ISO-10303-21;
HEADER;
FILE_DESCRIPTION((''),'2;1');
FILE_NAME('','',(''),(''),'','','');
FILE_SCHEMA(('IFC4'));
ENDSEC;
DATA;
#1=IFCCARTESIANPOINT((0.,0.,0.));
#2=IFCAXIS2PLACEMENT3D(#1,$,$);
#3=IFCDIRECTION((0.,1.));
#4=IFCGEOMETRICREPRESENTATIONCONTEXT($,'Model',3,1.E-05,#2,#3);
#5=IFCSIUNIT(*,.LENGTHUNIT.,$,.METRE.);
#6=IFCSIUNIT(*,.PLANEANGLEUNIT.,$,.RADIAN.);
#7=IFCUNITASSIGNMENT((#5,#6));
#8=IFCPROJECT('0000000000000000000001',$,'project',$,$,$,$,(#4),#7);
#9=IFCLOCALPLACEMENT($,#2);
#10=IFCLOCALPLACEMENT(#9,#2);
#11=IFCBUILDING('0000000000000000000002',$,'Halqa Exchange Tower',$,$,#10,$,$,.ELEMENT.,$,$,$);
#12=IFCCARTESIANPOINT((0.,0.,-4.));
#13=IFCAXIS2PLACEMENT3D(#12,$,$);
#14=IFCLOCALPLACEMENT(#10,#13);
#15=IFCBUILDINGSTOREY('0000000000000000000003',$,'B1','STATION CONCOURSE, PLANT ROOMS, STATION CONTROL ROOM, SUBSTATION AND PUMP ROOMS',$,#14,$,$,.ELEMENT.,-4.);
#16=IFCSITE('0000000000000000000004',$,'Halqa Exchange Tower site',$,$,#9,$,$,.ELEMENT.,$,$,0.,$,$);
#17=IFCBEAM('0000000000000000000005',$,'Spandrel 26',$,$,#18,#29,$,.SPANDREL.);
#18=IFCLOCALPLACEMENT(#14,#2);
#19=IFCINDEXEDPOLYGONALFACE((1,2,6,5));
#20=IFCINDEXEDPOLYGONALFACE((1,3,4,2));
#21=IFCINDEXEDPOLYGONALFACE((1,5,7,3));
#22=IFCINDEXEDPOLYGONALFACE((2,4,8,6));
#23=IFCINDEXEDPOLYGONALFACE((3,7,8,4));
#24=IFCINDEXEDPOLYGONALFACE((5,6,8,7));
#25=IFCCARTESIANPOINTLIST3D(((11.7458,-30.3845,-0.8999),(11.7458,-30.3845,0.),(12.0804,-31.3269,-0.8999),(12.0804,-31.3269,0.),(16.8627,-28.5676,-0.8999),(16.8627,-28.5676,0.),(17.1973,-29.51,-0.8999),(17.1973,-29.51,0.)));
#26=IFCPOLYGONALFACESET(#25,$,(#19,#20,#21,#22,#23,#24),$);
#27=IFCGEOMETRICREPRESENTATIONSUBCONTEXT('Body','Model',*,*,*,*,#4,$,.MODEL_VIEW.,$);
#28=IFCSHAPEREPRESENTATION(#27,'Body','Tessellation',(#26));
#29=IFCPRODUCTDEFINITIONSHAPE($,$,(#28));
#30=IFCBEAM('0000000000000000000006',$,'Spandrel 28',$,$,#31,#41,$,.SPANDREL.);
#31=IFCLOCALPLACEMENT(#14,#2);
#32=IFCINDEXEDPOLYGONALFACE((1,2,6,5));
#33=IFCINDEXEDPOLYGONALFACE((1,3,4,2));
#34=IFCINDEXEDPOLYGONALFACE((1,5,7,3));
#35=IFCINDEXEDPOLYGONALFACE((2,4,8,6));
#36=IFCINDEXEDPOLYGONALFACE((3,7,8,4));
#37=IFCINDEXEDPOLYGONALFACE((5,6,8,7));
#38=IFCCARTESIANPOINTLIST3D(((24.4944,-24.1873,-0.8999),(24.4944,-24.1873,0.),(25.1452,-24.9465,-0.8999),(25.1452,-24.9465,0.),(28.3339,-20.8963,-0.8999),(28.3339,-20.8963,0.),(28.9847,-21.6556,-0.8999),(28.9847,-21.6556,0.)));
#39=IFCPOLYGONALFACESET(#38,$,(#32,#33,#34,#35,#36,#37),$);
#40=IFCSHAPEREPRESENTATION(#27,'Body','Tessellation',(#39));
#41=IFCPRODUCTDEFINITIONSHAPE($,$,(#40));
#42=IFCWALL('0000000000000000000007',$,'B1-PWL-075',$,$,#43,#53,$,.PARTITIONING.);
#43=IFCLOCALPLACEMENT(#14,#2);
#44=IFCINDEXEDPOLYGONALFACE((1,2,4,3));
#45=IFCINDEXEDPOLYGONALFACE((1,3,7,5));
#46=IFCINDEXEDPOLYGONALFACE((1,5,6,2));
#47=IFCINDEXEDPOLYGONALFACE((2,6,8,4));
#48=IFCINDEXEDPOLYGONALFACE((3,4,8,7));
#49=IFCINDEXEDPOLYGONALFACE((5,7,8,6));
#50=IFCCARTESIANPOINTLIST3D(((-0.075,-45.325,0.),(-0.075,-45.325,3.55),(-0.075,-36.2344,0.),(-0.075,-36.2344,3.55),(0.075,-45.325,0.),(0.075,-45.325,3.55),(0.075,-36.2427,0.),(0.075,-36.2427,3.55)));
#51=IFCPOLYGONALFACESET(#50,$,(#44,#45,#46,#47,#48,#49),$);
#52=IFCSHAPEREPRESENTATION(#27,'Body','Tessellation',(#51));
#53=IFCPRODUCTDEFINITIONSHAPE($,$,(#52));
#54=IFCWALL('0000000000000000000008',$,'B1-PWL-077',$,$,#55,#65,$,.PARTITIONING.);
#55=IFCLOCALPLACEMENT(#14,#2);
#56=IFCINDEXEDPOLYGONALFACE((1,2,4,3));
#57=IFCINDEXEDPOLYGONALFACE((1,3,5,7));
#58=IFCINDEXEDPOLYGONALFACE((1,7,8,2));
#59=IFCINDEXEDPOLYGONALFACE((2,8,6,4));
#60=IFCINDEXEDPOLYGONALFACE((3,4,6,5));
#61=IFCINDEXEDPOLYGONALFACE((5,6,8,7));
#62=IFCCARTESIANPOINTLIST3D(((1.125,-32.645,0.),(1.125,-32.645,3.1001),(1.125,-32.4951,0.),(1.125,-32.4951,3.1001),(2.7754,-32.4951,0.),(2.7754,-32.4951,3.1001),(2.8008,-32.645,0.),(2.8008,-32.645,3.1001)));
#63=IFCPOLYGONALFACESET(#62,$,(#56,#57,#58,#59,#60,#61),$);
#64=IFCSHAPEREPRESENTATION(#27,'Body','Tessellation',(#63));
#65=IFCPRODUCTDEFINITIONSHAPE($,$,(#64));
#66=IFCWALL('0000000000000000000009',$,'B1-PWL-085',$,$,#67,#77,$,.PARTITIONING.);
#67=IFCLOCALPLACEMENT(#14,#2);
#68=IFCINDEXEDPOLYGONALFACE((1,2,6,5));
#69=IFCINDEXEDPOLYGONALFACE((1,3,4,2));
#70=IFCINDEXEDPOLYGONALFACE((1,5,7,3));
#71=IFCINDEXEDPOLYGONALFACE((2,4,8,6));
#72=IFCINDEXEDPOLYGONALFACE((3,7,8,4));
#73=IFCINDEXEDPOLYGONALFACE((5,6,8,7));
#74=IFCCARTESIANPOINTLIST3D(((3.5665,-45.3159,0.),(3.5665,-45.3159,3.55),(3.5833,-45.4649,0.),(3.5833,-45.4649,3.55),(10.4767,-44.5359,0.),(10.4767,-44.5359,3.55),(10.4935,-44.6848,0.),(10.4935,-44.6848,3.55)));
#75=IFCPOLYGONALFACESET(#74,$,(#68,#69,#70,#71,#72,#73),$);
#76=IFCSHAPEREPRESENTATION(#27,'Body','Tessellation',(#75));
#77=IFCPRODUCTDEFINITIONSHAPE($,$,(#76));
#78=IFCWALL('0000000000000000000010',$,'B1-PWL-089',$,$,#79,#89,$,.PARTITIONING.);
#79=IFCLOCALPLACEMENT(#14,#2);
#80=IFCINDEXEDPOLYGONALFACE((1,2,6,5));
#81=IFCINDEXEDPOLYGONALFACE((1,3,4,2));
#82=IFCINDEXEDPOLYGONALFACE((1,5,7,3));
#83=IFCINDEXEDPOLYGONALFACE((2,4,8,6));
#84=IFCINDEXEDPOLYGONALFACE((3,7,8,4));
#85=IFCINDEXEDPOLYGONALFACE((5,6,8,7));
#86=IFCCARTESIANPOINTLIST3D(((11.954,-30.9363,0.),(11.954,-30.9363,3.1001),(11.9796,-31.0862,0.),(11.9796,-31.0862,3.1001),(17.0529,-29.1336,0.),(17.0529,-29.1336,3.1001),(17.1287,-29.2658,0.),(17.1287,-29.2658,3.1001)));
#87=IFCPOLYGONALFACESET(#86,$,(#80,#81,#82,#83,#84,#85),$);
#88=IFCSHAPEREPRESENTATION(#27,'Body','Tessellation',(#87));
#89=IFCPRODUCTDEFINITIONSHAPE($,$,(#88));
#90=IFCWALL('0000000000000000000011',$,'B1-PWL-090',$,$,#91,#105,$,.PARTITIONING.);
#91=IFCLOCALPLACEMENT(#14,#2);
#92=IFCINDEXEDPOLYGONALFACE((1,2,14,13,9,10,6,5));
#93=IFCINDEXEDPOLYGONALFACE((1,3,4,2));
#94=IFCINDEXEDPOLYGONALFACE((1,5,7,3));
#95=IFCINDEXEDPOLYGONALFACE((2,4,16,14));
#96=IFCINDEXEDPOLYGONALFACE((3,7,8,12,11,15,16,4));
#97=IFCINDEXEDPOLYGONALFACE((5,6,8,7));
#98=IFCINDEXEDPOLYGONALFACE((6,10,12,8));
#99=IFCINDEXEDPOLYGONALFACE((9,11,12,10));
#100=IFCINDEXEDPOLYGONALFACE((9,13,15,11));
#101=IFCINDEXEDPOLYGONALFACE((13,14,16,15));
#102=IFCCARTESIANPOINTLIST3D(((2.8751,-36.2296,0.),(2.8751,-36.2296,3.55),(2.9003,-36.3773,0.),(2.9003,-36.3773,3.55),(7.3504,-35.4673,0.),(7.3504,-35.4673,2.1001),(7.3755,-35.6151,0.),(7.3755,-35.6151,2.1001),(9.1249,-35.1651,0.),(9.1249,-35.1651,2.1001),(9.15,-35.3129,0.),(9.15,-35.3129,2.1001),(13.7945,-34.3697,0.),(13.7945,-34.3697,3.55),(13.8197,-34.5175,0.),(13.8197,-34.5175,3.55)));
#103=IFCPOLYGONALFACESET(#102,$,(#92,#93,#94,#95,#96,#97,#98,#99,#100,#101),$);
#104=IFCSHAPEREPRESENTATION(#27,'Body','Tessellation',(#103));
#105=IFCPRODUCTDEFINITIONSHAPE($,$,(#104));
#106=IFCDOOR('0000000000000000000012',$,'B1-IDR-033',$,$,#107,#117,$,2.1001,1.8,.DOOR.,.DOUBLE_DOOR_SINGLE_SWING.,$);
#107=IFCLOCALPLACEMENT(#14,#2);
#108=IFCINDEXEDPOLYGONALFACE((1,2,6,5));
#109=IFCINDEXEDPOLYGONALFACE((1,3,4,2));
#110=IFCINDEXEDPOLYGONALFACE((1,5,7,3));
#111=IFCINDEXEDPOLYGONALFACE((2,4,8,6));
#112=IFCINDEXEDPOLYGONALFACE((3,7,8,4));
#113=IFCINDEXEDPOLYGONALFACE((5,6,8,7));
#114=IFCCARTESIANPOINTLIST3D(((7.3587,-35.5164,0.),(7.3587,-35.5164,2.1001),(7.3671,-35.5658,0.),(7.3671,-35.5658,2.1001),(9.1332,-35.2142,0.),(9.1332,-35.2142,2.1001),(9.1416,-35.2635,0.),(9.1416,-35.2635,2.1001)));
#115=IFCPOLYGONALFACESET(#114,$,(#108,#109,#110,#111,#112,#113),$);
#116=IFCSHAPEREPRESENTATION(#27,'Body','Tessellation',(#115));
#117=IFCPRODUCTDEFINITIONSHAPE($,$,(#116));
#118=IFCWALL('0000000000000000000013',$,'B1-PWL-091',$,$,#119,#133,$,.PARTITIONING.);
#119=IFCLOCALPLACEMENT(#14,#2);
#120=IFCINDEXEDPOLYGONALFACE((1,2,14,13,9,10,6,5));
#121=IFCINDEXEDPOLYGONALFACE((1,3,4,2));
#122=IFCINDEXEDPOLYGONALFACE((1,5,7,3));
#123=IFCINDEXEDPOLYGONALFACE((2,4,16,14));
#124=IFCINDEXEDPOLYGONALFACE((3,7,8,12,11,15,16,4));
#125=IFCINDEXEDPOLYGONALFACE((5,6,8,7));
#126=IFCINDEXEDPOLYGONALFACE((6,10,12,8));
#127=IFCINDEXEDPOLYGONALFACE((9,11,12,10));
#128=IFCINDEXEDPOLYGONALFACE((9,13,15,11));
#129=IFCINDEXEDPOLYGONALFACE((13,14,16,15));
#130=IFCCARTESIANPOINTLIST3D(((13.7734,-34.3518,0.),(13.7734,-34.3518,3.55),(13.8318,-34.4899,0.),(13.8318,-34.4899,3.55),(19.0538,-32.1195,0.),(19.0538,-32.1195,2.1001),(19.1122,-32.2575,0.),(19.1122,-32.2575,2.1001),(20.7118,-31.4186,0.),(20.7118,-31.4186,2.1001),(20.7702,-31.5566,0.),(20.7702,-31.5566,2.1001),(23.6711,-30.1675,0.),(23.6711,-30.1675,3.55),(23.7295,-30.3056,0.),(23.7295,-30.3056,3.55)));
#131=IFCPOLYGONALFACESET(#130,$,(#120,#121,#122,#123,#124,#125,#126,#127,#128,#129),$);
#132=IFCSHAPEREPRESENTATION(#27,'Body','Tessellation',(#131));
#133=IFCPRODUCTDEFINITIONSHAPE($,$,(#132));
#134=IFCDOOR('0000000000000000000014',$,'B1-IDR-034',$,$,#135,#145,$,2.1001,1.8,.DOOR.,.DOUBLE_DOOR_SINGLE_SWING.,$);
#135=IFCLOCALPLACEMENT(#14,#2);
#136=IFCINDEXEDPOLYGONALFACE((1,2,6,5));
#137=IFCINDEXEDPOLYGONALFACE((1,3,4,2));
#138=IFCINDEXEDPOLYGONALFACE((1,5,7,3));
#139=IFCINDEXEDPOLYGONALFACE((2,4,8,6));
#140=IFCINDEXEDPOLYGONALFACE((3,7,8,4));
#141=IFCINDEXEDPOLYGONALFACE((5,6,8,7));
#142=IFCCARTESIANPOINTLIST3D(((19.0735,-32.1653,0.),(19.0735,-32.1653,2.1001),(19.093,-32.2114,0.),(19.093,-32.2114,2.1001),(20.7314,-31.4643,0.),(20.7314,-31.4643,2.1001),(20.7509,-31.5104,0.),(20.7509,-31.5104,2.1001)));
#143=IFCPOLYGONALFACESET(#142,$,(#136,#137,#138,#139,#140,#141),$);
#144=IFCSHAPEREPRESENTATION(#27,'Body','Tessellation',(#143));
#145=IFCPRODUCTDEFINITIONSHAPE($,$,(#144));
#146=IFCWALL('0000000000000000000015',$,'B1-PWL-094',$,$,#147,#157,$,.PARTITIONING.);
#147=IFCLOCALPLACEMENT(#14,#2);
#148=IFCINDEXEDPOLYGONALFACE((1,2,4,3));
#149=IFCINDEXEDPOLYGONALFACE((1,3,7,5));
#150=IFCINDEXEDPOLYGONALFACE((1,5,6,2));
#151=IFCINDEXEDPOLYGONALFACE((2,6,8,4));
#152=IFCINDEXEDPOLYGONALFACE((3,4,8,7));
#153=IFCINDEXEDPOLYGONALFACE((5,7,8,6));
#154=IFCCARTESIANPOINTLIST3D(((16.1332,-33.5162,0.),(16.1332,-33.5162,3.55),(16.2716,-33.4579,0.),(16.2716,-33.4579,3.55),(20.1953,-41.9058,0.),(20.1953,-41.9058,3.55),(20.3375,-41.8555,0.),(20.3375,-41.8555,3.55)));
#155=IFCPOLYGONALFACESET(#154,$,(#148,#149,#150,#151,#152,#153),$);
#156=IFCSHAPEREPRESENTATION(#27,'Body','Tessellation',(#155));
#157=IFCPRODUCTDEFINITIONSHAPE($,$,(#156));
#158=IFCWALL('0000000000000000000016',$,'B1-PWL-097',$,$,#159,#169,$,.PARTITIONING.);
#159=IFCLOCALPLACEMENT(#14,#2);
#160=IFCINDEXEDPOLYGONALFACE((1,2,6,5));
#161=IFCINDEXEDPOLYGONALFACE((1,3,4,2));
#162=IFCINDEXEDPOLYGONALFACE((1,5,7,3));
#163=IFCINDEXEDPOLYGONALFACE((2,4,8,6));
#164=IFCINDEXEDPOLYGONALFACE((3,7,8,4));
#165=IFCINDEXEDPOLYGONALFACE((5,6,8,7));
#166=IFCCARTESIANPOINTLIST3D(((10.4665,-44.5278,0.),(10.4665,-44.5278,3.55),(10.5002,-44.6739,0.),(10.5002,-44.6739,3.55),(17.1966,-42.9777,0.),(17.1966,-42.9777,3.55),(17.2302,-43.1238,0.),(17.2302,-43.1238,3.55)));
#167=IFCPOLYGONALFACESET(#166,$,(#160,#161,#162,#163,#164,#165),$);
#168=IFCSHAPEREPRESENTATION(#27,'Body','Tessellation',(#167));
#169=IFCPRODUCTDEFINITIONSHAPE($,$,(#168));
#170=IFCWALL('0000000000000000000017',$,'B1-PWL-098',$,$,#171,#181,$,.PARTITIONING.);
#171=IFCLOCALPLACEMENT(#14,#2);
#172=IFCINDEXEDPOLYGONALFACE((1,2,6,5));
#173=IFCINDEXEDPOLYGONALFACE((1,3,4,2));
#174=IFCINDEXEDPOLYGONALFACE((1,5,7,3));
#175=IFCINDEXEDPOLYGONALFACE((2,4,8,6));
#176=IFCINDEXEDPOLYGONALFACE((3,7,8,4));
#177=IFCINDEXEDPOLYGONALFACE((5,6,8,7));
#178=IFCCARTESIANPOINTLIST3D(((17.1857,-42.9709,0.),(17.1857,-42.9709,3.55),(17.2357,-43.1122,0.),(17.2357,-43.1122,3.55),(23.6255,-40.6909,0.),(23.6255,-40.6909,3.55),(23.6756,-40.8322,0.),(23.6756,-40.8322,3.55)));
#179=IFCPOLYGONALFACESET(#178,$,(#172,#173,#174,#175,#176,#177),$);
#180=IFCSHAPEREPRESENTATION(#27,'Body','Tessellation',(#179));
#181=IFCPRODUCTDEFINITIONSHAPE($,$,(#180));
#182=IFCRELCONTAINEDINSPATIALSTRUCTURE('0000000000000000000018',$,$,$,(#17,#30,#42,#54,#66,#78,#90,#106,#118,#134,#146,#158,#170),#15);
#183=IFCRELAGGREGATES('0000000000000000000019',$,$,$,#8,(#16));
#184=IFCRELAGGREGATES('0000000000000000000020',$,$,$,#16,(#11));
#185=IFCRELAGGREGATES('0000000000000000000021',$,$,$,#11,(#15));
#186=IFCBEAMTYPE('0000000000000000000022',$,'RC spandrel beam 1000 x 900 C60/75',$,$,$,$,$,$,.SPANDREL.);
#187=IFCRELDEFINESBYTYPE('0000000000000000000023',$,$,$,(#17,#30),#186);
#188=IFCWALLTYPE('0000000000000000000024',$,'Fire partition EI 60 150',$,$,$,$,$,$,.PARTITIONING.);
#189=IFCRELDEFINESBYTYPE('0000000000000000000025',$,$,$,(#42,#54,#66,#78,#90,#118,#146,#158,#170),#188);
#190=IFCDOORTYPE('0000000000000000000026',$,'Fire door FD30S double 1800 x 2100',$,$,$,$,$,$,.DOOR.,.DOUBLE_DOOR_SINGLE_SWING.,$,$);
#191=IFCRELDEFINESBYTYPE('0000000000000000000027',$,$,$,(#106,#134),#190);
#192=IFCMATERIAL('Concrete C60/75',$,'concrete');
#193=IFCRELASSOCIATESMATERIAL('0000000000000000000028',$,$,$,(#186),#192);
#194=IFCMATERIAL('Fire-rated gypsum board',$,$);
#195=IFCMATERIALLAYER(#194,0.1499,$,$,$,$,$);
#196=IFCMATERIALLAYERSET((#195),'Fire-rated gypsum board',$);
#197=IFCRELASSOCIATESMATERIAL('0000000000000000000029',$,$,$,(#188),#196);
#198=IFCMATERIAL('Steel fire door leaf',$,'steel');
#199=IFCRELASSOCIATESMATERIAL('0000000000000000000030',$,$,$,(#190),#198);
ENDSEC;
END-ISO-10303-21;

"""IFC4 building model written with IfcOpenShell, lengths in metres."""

from ifc_helpers import new_model, si_unit, direction, frame, frame_2d, origin, origin_2d, place, context, subcontext, project, spatial, polyline, rectangle, outline, extrude, material, layer, layer_set, material_profile, profile_set, type_object, element, fill, save


model = new_model("IFC4")

# Units and contexts
model_context = context("Model", 3, precision=1e-05, world=origin(), true_north=direction((0.0, 1.0)))
body_context = subcontext(model_context, "Body", "Model", "MODEL_VIEW")
ifc_project = project(units=[si_unit("LENGTHUNIT", "METRE"), si_unit("PLANEANGLEUNIT", "RADIAN")], contexts=[model_context])

# Site, building, storey
site_placement = place(None, origin())
site = spatial("IfcSite", under=ifc_project, at=site_placement, Name="Halqa Exchange Tower site", CompositionType="ELEMENT", RefElevation=0.0)
building_placement = place(site_placement, origin())
building = spatial("IfcBuilding", under=site, at=building_placement, Name="Halqa Exchange Tower", CompositionType="ELEMENT")
storey_placement = place(building_placement, frame((0.0, 0.0, -4.0)))
storey = spatial("IfcBuildingStorey", under=building, at=storey_placement, Name="B1", Description="STATION CONCOURSE, PLANT ROOMS, STATION CONTROL ROOM, SUBSTATION AND PUMP ROOMS", CompositionType="ELEMENT", Elevation=-4.0)

# Shared definitions
ifc_material_1 = material(Name="Concrete C60/75", Category="concrete")

# Beams
ifc_material_profile_1 = material_profile(ifc_material_1, rectangle(XDim=1.0, YDim=0.8999, at=origin_2d()), Name="1000 x 900")
ifc_profile_set_1 = profile_set([ifc_material_profile_1], Name="Concrete C60/75")
beam_type_1 = type_object("IfcBeamType", Name="RC spandrel beam 1000 x 900 C60/75", PredefinedType="SPANDREL", material=ifc_profile_set_1)
beam_1_placement = place(storey_placement, frame((11.9131, -30.8557, -0.45), z_axis=(0.942358, 0.334607, 0.0), x_axis=(-0.334607, 0.942358, 0.0)))
element("IfcBeam", 1, at=beam_1_placement, inside=storey, type_object=beam_type_1, Name="Spandrel 26", PredefinedType="SPANDREL", context=body_context, shape_type="SweptSolid", body=[
    extrude(rectangle(XDim=1.0, YDim=0.8999, at=origin_2d()), origin(), (0.0, 0.0, 1.0), 5.4299),
])
beam_2_placement = place(storey_placement, frame((24.8198, -24.5669, -0.45), z_axis=(0.759263, 0.650783, 0.0), x_axis=(-0.650783, 0.759263, 0.0)))
element("IfcBeam", 2, at=beam_2_placement, inside=storey, type_object=beam_type_1, Name="Spandrel 28", PredefinedType="SPANDREL", context=body_context, shape_type="SweptSolid", body=[
    extrude(rectangle(XDim=1.0, YDim=0.8999, at=origin_2d()), origin(), (0.0, 0.0, 1.0), 5.0569),
])

# Walls
ifc_material_2 = material(Name="Fire-rated gypsum board")
ifc_layer_1 = layer(ifc_material_2, 0.1499)
ifc_layer_set_1 = layer_set([ifc_layer_1], Name="Fire-rated gypsum board")
wall_type_1 = type_object("IfcWallType", Name="Fire partition EI 60 150", PredefinedType="PARTITIONING", material=ifc_layer_set_1)
wall_1_placement = place(storey_placement, frame((0.0, -36.2385, 0.0), z_axis=(0.0, 0.0, 1.0), x_axis=(0.0, -1.0, 0.0)))
element("IfcWall", 3, at=wall_1_placement, inside=storey, type_object=wall_type_1, Name="B1-PWL-075", PredefinedType="PARTITIONING", context=body_context, shape_type="SweptSolid", body=[
    extrude(outline(polyline([(-0.0042, -0.075), (9.0864, -0.075), (9.0864, 0.075), (0.0042, 0.075), (-0.0042, -0.075)])), origin(), (0.0, 0.0, 1.0), 3.55),
])
wall_2_placement = place(storey_placement, frame((1.125, -32.5701, 0.0), z_axis=(0.0, 0.0, 1.0), x_axis=(1.0, 0.0, 0.0)))
element("IfcWall", 4, at=wall_2_placement, inside=storey, type_object=wall_type_1, Name="B1-PWL-077", PredefinedType="PARTITIONING", context=body_context, shape_type="SweptSolid", body=[
    extrude(outline(polyline([(0.0, -0.075), (1.6758, -0.075), (1.6504, 0.075), (0.0, 0.075), (0.0, -0.075)])), origin(), (0.0, 0.0, 1.0), 3.1001),
])
wall_3_placement = place(storey_placement, frame((10.4851, -44.6104, 0.0), z_axis=(0.0, 0.0, 1.0), x_axis=(-0.993689, -0.112169, 0.0)))
element("IfcWall", 5, at=wall_3_placement, inside=storey, type_object=wall_type_1, Name="B1-PWL-085", PredefinedType="PARTITIONING", context=body_context, shape_type="SweptSolid", body=[
    extrude(rectangle(XDim=6.9541, YDim=0.1499, at=frame_2d((3.4771, 0.0))), origin(), (0.0, 0.0, 1.0), 3.55),
])
wall_4_placement = place(storey_placement, frame((11.9668, -31.0112, 0.0), z_axis=(0.0, 0.0, 1.0), x_axis=(0.942814, 0.333318, 0.0)))
element("IfcWall", 6, at=wall_4_placement, inside=storey, type_object=wall_type_1, Name="B1-PWL-089", PredefinedType="PARTITIONING", context=body_context, shape_type="SweptSolid", body=[
    extrude(outline(polyline([(-0.0129, -0.075), (5.4485, -0.075), (5.4211, 0.075), (0.0129, 0.075), (-0.0129, -0.075)])), origin(), (0.0, 0.0, 1.0), 3.1001),
])

# Walls, openings, doors
wall_5_placement = place(storey_placement, frame((13.8071, -34.4436, 0.0), z_axis=(0.0, 0.0, 1.0), x_axis=(-0.985803, -0.167908, 0.0)))
wall_5 = element("IfcWall", 7, at=wall_5_placement, inside=storey, type_object=wall_type_1, Name="B1-PWL-090", PredefinedType="PARTITIONING", context=body_context, shape_type="SweptSolid", body=[
    extrude(rectangle(XDim=11.0767, YDim=0.1499, at=frame_2d((5.5383, 0.0))), origin(), (0.0, 0.0, 1.0), 3.55),
])
opening_1_placement = place(wall_5_placement, frame((4.7371, 0.0, 0.0)))
opening_1 = element("IfcOpeningElement", 8, at=opening_1_placement, cuts=wall_5, PredefinedType="OPENING", context=body_context, shape_type="SweptSolid", body=[
    extrude(rectangle(XDim=1.8, YDim=2.1001, at=frame_2d((0.8999, 1.05))), frame((0.0, 0.0869, 0.0), z_axis=(0.0, -1.0, 0.0), x_axis=(1.0, 0.0, 0.0)), (0.0, 0.0, 1.0), 0.1738),
])
ifc_material_3 = material(Name="Steel fire door leaf", Category="steel")
door_type = type_object("IfcDoorType", Name="Fire door FD30S double 1800 x 2100", OperationType="DOUBLE_DOOR_SINGLE_SWING", PredefinedType="DOOR", material=ifc_material_3)
door_1_placement = place(opening_1_placement, origin())
door_1 = element("IfcDoor", 9, at=door_1_placement, inside=storey, type_object=door_type, Name="B1-IDR-033", OperationType="DOUBLE_DOOR_SINGLE_SWING", OverallHeight=2.1001, OverallWidth=1.8, PredefinedType="DOOR", context=body_context, shape_type="SweptSolid", body=[
    extrude(rectangle(XDim=1.8, YDim=2.1001, at=frame_2d((0.8999, 1.05))), frame((0.0, 0.0249, 0.0), z_axis=(0.0, -1.0, 0.0), x_axis=(1.0, 0.0, 0.0)), (0.0, 0.0, 1.0), 0.05),
])
fill(opening_1, door_1)
wall_6_placement = place(storey_placement, frame((13.8025, -34.4209, 0.0), z_axis=(0.0, 0.0, 1.0), x_axis=(0.921073, 0.38939, 0.0)))
wall_6 = element("IfcWall", 10, at=wall_6_placement, inside=storey, type_object=wall_type_1, Name="B1-PWL-091", PredefinedType="PARTITIONING", context=body_context, shape_type="SweptSolid", body=[
    extrude(rectangle(XDim=10.7458, YDim=0.1499, at=frame_2d((5.373, 0.0))), origin(), (0.0, 0.0, 1.0), 3.55),
])
opening_2_placement = place(wall_6_placement, frame((5.7332, 0.0, 0.0)))
opening_2 = element("IfcOpeningElement", 11, at=opening_2_placement, cuts=wall_6, PredefinedType="OPENING", context=body_context, shape_type="SweptSolid", body=[
    extrude(rectangle(XDim=1.8, YDim=2.1001, at=frame_2d((0.8999, 1.05))), frame((0.0, 0.0869, 0.0), z_axis=(0.0, -1.0, 0.0), x_axis=(1.0, 0.0, 0.0)), (0.0, 0.0, 1.0), 0.1738),
])
door_2_placement = place(opening_2_placement, frame((1.8, 0.0, 0.0), z_axis=(0.0, 0.0, 1.0), x_axis=(-1.0, 0.0, 0.0)))
door_2 = element("IfcDoor", 12, at=door_2_placement, inside=storey, type_object=door_type, Name="B1-IDR-034", OperationType="DOUBLE_DOOR_SINGLE_SWING", OverallHeight=2.1001, OverallWidth=1.8, PredefinedType="DOOR", context=body_context, shape_type="SweptSolid", body=[
    extrude(rectangle(XDim=1.8, YDim=2.1001, at=frame_2d((0.8999, 1.05))), frame((0.0, 0.0249, 0.0), z_axis=(0.0, -1.0, 0.0), x_axis=(1.0, 0.0, 0.0)), (0.0, 0.0, 1.0), 0.05),
])
fill(opening_2, door_2)

# Walls
wall_7_placement = place(storey_placement, frame((16.2024, -33.4871, 0.0), z_axis=(0.0, 0.0, 1.0), x_axis=(0.435784, -0.900051, 0.0)))
element("IfcWall", 13, at=wall_7_placement, inside=storey, type_object=wall_type_1, Name="B1-PWL-094", PredefinedType="PARTITIONING", context=body_context, shape_type="SweptSolid", body=[
    extrude(outline(polyline([(-0.0039, -0.075), (9.3174, -0.075), (9.334, 0.075), (0.0039, 0.075), (-0.0039, -0.075)])), origin(), (0.0, 0.0, 1.0), 3.55),
])
wall_8_placement = place(storey_placement, frame((17.2134, -43.0508, 0.0), z_axis=(0.0, 0.0, 1.0), x_axis=(-0.974487, -0.224444, 0.0)))
element("IfcWall", 14, at=wall_8_placement, inside=storey, type_object=wall_type_1, Name="B1-PWL-097", PredefinedType="PARTITIONING", context=body_context, shape_type="SweptSolid", body=[
    extrude(rectangle(XDim=6.9062, YDim=0.1499, at=frame_2d((3.4531, 0.0))), origin(), (0.0, 0.0, 1.0), 3.55),
])
wall_9_placement = place(storey_placement, frame((17.2107, -43.0415, 0.0), z_axis=(0.0, 0.0, 1.0), x_axis=(0.942663, 0.333745, 0.0)))
element("IfcWall", 15, at=wall_9_placement, inside=storey, type_object=wall_type_1, Name="B1-PWL-098", PredefinedType="PARTITIONING", context=body_context, shape_type="SweptSolid", body=[
    extrude(rectangle(XDim=6.8315, YDim=0.1499, at=frame_2d((3.4158, 0.0))), origin(), (0.0, 0.0, 1.0), 3.55),
])

save(model, "model.ifc")
